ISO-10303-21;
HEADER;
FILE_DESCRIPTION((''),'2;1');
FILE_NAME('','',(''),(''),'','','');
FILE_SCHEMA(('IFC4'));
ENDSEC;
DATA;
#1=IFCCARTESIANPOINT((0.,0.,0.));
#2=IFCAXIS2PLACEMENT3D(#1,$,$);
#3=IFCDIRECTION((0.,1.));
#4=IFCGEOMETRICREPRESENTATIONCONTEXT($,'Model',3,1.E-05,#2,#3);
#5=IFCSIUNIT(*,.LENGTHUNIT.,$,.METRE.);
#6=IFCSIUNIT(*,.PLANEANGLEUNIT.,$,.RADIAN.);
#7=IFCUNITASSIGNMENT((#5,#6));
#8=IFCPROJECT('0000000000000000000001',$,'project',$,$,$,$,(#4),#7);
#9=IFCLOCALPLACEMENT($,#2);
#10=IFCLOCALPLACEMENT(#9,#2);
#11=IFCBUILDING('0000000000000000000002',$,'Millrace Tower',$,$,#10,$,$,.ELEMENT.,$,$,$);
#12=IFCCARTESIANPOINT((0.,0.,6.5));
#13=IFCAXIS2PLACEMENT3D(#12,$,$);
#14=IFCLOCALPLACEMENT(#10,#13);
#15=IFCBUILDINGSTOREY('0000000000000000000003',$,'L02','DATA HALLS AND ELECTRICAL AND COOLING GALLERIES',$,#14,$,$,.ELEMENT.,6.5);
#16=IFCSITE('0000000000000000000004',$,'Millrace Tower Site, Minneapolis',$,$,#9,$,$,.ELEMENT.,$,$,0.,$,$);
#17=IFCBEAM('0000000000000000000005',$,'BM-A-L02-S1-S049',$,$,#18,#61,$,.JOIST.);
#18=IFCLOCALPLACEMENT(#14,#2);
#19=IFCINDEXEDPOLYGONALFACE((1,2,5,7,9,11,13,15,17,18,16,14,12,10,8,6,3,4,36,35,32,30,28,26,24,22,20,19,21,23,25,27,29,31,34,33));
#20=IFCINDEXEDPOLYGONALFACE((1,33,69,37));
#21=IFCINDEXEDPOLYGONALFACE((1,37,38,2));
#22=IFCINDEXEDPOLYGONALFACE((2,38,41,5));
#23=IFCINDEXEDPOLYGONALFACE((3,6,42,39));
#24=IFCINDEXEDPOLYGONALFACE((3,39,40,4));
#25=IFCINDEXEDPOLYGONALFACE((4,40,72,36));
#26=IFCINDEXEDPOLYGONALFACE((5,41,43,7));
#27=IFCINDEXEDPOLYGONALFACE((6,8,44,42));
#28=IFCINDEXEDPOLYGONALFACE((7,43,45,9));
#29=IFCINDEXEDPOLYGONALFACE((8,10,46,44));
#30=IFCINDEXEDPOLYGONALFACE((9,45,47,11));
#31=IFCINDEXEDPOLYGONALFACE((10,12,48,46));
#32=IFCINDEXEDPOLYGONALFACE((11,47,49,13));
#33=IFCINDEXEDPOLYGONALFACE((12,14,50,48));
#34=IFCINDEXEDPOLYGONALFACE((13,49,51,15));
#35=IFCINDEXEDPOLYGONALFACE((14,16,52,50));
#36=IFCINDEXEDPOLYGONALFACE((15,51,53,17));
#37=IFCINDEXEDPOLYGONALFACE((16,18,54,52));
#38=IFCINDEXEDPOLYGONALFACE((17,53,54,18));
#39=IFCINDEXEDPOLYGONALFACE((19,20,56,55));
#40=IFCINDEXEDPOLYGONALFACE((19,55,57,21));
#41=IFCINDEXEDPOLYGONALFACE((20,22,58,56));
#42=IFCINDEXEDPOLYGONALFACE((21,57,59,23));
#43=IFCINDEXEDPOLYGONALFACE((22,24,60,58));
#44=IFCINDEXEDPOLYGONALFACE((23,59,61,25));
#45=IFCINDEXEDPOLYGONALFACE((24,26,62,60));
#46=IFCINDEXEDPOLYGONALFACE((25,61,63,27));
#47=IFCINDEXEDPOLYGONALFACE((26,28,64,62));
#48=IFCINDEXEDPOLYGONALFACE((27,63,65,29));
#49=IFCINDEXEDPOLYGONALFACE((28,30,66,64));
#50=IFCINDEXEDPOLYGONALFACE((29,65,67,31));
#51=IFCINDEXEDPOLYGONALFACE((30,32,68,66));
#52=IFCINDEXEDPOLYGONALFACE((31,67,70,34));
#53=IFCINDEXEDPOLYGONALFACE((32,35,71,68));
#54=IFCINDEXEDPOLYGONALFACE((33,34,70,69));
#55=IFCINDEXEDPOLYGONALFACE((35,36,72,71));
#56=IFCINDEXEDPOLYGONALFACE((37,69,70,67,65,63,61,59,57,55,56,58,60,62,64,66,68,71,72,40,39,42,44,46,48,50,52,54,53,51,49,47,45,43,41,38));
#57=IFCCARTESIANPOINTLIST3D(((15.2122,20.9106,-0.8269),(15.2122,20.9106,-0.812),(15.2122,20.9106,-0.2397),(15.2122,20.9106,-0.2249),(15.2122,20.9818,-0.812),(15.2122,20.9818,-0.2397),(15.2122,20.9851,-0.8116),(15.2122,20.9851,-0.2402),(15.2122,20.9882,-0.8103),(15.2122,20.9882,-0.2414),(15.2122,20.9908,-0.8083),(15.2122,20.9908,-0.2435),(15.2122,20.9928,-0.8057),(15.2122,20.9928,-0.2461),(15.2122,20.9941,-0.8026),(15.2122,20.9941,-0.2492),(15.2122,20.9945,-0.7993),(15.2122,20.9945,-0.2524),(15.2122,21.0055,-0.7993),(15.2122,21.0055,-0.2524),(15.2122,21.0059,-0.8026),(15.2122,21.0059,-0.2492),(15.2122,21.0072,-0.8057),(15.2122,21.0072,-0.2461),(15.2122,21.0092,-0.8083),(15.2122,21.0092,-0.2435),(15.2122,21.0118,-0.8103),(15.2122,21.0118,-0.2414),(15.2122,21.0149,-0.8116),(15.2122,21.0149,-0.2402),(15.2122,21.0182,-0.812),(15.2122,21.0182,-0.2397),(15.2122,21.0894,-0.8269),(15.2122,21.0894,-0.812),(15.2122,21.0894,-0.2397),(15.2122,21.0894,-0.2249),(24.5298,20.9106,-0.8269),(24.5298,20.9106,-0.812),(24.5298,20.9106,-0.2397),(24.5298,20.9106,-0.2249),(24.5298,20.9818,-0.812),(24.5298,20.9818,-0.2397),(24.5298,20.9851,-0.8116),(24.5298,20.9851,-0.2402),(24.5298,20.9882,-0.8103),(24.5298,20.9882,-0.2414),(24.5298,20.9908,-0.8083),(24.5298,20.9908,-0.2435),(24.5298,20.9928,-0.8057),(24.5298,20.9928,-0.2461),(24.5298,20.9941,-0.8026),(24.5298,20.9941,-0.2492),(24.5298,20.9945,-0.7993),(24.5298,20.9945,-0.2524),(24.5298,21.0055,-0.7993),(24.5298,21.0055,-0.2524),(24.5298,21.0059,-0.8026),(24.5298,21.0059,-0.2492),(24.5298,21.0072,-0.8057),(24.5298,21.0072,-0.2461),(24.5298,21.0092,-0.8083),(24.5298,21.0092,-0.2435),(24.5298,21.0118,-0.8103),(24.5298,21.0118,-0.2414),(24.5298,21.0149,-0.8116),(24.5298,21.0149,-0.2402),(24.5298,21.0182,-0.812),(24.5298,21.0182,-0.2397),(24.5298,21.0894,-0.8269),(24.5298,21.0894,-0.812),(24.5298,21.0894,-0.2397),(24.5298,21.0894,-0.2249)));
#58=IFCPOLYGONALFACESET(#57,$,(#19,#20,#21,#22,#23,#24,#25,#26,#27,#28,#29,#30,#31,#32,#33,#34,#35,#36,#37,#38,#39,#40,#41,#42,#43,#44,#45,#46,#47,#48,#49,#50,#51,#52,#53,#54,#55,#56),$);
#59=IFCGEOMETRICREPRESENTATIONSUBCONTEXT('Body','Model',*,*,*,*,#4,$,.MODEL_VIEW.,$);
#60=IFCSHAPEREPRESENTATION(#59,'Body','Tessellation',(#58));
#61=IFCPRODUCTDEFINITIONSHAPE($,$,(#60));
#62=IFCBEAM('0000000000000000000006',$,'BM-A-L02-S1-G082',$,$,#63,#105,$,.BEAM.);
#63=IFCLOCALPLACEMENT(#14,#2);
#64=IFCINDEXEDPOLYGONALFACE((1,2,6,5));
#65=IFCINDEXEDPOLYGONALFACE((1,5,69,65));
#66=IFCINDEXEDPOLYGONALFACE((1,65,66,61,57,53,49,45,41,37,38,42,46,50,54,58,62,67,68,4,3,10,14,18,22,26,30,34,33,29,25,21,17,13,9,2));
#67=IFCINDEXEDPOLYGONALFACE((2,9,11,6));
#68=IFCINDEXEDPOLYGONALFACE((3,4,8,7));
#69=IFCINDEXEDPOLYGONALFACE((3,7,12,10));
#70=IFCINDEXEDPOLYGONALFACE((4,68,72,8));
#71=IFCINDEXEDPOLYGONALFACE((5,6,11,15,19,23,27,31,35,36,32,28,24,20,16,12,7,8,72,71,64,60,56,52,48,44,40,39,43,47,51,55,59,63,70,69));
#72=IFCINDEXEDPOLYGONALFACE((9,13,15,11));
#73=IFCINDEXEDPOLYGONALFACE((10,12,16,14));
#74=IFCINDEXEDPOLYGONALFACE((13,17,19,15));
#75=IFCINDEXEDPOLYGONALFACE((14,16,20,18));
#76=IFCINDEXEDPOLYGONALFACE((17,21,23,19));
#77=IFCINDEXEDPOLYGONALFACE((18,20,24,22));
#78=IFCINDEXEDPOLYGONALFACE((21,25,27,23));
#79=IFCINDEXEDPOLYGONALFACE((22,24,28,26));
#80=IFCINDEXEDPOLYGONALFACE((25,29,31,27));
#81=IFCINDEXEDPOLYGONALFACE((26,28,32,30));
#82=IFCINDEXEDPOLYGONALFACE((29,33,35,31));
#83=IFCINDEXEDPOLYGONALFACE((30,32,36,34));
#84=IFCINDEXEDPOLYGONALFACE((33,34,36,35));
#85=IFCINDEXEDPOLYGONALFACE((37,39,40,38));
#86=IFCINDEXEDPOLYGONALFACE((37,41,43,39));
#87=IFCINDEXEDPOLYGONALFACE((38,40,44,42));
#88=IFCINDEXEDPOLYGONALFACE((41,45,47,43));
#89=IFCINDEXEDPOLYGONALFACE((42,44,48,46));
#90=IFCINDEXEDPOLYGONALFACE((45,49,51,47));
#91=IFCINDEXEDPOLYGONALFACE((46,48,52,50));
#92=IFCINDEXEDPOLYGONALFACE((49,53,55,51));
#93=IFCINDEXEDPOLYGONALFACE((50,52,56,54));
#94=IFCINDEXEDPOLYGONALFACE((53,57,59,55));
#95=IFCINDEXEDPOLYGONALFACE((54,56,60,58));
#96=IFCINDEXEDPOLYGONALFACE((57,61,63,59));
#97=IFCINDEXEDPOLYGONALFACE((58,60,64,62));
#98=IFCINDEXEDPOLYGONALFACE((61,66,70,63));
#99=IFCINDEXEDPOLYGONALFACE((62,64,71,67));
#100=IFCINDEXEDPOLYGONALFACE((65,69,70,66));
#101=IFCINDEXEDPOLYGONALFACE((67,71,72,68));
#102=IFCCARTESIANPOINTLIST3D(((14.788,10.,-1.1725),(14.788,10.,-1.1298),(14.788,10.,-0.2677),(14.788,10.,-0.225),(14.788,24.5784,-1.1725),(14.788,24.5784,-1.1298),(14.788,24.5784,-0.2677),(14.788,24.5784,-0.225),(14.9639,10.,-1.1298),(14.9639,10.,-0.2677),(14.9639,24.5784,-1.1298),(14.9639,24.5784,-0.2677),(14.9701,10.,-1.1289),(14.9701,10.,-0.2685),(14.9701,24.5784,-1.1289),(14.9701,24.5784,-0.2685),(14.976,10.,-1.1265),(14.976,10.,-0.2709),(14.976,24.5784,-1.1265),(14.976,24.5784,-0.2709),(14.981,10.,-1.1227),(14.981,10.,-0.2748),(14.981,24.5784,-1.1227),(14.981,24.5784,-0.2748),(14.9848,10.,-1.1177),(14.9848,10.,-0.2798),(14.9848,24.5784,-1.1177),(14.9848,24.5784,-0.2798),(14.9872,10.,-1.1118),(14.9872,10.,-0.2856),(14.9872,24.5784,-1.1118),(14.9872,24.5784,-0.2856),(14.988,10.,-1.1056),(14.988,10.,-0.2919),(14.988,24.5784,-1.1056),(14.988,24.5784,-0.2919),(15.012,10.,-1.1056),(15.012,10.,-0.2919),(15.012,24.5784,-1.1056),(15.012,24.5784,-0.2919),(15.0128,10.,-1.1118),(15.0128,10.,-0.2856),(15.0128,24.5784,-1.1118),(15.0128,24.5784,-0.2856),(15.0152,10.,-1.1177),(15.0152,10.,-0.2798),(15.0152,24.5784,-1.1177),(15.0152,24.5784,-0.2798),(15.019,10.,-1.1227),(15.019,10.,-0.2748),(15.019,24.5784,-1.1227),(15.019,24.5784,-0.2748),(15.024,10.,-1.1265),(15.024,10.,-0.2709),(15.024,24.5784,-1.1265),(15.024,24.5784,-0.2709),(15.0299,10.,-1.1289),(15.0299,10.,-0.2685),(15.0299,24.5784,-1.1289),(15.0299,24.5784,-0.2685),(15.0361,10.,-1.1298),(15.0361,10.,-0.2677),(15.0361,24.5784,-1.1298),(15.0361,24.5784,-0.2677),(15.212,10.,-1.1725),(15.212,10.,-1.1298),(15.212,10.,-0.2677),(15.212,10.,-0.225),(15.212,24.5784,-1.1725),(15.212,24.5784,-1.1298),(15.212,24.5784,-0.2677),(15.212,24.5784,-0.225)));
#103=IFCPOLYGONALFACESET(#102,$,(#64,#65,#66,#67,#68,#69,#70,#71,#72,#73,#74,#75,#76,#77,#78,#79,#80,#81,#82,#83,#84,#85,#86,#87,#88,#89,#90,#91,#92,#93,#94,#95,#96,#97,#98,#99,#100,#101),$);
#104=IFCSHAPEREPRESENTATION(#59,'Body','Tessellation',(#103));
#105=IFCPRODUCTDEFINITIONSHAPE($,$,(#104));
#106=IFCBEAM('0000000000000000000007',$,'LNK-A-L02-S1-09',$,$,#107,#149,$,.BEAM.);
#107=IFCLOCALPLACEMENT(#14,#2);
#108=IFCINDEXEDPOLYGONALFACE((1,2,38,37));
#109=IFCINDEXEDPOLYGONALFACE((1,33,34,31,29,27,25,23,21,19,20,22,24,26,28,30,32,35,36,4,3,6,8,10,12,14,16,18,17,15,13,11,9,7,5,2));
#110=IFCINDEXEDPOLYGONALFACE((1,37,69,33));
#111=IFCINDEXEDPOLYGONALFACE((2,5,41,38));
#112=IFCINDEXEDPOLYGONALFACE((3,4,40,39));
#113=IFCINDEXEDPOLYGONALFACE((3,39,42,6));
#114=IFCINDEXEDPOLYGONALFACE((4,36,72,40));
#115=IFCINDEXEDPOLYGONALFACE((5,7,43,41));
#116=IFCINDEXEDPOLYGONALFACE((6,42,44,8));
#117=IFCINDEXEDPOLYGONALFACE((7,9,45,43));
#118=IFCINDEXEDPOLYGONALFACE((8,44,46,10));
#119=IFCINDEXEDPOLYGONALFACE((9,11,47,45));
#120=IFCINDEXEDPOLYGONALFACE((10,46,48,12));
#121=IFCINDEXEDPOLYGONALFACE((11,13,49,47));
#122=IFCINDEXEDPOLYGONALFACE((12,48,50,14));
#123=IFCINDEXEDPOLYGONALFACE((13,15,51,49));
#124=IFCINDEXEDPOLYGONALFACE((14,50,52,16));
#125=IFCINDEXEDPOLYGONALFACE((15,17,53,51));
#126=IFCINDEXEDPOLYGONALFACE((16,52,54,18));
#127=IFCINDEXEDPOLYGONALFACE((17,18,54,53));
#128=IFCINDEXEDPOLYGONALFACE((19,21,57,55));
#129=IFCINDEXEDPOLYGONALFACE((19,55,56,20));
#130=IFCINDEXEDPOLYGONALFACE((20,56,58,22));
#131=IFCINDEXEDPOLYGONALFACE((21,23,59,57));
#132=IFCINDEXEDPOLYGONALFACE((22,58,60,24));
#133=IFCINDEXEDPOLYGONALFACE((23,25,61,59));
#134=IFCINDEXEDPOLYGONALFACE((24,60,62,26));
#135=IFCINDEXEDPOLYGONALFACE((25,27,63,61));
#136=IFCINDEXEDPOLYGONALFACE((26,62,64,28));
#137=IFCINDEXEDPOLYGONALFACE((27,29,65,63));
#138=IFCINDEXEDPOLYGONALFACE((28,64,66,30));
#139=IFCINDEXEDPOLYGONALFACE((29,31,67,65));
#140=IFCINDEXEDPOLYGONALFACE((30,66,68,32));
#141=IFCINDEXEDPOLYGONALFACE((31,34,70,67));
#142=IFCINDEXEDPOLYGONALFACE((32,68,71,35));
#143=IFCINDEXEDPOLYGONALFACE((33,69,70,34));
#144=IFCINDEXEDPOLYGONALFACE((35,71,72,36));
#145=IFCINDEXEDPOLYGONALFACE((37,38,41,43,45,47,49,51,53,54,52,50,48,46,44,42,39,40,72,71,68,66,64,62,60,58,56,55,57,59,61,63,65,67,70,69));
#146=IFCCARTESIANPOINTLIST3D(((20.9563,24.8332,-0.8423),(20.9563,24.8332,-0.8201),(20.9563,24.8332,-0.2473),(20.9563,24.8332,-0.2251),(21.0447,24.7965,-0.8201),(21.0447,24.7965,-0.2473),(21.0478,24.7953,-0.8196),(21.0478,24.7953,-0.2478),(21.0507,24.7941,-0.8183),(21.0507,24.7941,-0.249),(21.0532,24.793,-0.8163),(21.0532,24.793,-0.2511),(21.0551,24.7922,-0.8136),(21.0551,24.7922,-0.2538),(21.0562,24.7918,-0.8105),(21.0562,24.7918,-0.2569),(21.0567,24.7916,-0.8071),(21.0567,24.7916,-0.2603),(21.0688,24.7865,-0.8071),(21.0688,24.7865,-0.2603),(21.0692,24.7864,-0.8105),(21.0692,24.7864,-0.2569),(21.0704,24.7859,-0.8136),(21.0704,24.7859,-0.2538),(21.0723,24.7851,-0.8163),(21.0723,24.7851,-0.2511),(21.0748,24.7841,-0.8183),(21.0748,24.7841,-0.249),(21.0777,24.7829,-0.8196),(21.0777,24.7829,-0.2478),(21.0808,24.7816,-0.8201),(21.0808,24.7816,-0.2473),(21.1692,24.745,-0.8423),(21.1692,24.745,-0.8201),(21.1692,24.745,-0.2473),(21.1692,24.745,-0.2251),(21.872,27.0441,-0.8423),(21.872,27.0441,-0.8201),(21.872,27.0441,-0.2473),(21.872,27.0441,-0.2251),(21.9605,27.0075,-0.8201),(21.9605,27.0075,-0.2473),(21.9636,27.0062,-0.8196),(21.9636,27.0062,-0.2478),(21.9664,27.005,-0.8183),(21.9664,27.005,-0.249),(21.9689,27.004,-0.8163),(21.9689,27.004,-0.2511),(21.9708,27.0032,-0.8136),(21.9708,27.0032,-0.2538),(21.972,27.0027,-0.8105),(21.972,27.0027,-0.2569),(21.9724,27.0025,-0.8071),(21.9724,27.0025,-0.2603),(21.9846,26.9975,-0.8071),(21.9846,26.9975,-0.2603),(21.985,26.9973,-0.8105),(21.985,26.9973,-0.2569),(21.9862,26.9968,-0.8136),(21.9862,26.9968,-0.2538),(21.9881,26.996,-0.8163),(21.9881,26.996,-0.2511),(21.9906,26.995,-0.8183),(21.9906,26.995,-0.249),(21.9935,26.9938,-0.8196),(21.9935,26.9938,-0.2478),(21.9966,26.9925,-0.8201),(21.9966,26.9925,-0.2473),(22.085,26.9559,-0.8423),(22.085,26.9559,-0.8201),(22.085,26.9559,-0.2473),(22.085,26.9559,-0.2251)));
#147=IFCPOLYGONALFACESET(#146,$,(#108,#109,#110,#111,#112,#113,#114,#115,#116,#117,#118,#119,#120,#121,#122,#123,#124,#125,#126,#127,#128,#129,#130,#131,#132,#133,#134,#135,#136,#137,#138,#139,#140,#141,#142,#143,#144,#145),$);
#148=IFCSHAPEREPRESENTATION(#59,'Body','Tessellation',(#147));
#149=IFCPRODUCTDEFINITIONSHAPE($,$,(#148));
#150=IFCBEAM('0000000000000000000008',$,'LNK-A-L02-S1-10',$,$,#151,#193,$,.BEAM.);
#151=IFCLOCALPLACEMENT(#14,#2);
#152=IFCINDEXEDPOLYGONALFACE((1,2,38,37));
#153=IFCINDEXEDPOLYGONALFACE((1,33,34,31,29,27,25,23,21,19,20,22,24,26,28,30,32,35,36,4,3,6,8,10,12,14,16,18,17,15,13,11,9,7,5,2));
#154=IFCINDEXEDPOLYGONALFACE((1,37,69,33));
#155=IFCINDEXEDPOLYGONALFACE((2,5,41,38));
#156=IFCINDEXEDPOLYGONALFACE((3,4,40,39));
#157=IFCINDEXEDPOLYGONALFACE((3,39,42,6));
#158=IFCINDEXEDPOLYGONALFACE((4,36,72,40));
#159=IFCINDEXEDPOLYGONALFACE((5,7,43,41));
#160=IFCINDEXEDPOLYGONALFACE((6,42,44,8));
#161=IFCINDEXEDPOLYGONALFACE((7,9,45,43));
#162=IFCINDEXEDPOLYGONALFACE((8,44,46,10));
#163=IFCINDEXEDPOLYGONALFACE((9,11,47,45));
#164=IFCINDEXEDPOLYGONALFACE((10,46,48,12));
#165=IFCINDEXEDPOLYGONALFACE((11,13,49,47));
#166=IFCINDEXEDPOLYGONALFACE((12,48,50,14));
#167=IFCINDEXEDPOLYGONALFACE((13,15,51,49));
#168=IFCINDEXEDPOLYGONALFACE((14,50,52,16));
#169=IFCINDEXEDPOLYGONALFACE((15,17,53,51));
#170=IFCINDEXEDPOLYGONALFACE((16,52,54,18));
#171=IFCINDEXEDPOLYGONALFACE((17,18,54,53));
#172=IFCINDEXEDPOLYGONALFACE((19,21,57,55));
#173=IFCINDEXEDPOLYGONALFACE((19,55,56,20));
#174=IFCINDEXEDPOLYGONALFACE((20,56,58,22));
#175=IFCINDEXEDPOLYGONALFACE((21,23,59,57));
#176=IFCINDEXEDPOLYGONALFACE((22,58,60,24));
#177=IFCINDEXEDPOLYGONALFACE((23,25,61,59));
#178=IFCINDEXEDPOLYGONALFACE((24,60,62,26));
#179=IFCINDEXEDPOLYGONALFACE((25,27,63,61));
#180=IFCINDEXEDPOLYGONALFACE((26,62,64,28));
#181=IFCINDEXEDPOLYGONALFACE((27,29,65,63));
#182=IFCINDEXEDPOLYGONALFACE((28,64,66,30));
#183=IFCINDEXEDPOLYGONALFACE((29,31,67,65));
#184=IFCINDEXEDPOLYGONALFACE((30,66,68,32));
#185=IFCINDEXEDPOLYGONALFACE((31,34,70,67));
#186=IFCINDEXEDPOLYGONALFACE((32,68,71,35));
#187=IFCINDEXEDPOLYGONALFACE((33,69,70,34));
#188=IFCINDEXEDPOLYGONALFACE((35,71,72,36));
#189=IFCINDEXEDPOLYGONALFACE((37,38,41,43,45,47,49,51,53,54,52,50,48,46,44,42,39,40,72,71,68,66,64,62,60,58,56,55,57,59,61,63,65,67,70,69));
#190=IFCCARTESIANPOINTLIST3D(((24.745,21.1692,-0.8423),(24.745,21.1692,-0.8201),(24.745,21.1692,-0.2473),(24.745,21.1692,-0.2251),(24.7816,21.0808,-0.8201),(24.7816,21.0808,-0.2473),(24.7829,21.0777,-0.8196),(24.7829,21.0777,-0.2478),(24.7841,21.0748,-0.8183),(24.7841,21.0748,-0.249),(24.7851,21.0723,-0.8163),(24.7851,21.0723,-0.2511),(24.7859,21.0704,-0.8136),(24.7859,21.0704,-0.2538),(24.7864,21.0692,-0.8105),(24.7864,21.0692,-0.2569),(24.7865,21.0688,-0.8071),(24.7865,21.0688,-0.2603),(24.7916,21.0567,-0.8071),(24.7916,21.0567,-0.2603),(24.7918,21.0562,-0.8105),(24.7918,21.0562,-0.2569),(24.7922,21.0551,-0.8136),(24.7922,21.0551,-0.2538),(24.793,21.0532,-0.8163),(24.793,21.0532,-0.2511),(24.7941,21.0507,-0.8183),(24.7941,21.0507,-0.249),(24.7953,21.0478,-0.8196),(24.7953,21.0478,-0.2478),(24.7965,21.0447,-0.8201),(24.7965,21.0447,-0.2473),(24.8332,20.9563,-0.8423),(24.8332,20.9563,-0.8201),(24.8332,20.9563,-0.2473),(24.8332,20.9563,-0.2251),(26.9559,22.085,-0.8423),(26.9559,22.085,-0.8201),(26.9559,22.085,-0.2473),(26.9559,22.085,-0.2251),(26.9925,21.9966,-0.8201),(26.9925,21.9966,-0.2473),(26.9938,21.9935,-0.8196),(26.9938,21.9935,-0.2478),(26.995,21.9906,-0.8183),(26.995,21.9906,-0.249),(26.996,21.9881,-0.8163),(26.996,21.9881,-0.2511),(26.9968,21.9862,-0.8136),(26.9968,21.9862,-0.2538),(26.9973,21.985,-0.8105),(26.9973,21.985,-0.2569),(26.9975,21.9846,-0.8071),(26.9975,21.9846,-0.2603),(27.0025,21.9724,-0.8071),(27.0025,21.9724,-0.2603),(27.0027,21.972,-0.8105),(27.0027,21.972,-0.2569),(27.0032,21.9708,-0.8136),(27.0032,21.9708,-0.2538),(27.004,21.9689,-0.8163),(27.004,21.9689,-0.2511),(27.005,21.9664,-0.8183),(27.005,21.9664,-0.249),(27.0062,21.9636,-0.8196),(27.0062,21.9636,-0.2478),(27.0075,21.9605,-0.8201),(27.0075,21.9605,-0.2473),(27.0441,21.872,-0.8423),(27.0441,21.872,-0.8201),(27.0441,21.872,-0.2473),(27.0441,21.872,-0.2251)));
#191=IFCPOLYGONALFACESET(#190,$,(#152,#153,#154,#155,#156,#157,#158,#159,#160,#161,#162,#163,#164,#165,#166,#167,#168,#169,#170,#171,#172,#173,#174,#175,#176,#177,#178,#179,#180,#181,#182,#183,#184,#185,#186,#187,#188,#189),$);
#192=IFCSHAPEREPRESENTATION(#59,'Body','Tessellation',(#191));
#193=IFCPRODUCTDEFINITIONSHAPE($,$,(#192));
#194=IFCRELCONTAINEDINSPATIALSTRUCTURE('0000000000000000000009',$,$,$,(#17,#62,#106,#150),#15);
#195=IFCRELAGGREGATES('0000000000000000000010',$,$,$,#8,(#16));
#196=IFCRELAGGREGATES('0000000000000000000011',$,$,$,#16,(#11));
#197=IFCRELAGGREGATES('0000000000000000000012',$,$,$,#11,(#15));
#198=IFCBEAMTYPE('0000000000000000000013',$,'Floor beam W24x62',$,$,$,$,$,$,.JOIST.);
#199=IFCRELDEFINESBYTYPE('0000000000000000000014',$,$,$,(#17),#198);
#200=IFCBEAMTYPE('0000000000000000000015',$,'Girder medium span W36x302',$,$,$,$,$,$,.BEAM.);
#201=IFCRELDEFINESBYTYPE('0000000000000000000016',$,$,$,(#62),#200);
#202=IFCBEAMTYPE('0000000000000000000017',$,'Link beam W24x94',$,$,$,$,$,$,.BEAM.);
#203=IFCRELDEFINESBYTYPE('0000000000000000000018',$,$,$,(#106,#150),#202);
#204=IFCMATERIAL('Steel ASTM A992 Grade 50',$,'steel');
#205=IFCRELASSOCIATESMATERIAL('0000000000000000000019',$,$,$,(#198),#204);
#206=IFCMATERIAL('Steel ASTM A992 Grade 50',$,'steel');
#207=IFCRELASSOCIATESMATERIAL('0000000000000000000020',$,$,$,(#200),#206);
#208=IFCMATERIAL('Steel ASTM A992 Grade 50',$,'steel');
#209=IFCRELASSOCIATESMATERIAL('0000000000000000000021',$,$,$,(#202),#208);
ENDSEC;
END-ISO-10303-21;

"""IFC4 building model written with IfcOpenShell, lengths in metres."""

from ifc_helpers import new_model, si_unit, direction, frame, origin, origin_2d, place, context, subcontext, project, spatial, i_section, extrude, material, material_profile, profile_set, type_object, element, save


model = new_model("IFC4")

# Units and contexts
model_context = context("Model", 3, precision=1e-05, world=origin(), true_north=direction((0.0, 1.0)))
body_context = subcontext(model_context, "Body", "Model", "MODEL_VIEW")
ifc_project = project(units=[si_unit("LENGTHUNIT", "METRE"), si_unit("PLANEANGLEUNIT", "RADIAN")], contexts=[model_context])

# Site, building, storey
site_placement = place(None, origin())
site = spatial("IfcSite", under=ifc_project, at=site_placement, Name="Millrace Tower Site, Minneapolis", CompositionType="ELEMENT", RefElevation=0.0)
building_placement = place(site_placement, origin())
building = spatial("IfcBuilding", under=site, at=building_placement, Name="Millrace Tower", CompositionType="ELEMENT")
storey_placement = place(building_placement, frame((0.0, 0.0, 6.5)))
storey = spatial("IfcBuildingStorey", under=building, at=storey_placement, Name="L02", Description="DATA HALLS AND ELECTRICAL AND COOLING GALLERIES", CompositionType="ELEMENT", Elevation=6.5)

# Beams
ifc_material_1 = material(Name="Steel ASTM A992 Grade 50", Category="steel")
ifc_material_profile_1 = material_profile(ifc_material_1, i_section(OverallWidth=0.1787, OverallDepth=0.6021, WebThickness=0.011, FlangeThickness=0.0149, FilletRadius=0.0127, at=origin_2d()))
ifc_profile_set_1 = profile_set([ifc_material_profile_1], Name="Steel ASTM A992 Grade 50")
beam_type_1 = type_object("IfcBeamType", Name="Floor beam W24x62", PredefinedType="JOIST", material=ifc_profile_set_1)
beam_1_placement = place(storey_placement, frame((15.2122, 21.0, -0.5259), z_axis=(1.0, 0.0, 0.0), x_axis=(0.0, 1.0, 0.0)))
element("IfcBeam", 1, at=beam_1_placement, inside=storey, type_object=beam_type_1, Name="BM-A-L02-S1-S049", PredefinedType="JOIST", context=body_context, shape_type="SweptSolid", body=[
    extrude(i_section(OverallWidth=0.1787, OverallDepth=0.6021, WebThickness=0.011, FlangeThickness=0.0149, FilletRadius=0.0127, at=origin_2d()), origin(), (0.0, 0.0, 1.0), 9.3176),
])
ifc_material_2 = material(Name="Steel ASTM A992 Grade 50", Category="steel")
ifc_material_profile_2 = material_profile(ifc_material_2, i_section(OverallWidth=0.4241, OverallDepth=0.9475, WebThickness=0.0239, FlangeThickness=0.0427, FilletRadius=0.0242, at=origin_2d()))
ifc_profile_set_2 = profile_set([ifc_material_profile_2], Name="Steel ASTM A992 Grade 50")
beam_type_2 = type_object("IfcBeamType", Name="Girder medium span W36x302", PredefinedType="BEAM", material=ifc_profile_set_2)
beam_2_placement = place(storey_placement, frame((15.0, 10.0, -0.6987), z_axis=(0.0, 1.0, 0.0), x_axis=(-1.0, 0.0, 0.0)))
element("IfcBeam", 2, at=beam_2_placement, inside=storey, type_object=beam_type_2, Name="BM-A-L02-S1-G082", PredefinedType="BEAM", context=body_context, shape_type="SweptSolid", body=[
    extrude(i_section(OverallWidth=0.4241, OverallDepth=0.9475, WebThickness=0.0239, FlangeThickness=0.0427, FilletRadius=0.0242, at=origin_2d()), origin(), (0.0, 0.0, 1.0), 14.5784),
])
ifc_material_3 = material(Name="Steel ASTM A992 Grade 50", Category="steel")
ifc_material_profile_3 = material_profile(ifc_material_3, i_section(OverallWidth=0.2305, OverallDepth=0.6172, WebThickness=0.0132, FlangeThickness=0.0222, FilletRadius=0.0129, at=origin_2d()))
ifc_profile_set_3 = profile_set([ifc_material_profile_3], Name="Steel ASTM A992 Grade 50")
beam_type_3 = type_object("IfcBeamType", Name="Link beam W24x94", PredefinedType="BEAM", material=ifc_profile_set_3)
for number, where, z_axis, x_axis, name in (
    (3, (21.0627, 24.7891, -0.5337), (0.382673, 0.923884, 0.0), (-0.923884, 0.382673, 0.0), "LNK-A-L02-S1-09"),
    (4, (24.7891, 21.0627, -0.5337), (0.923884, 0.382673, 0.0), (-0.382673, 0.923884, 0.0), "LNK-A-L02-S1-10"),
):
    element("IfcBeam", number, at=place(storey_placement, frame(where, z_axis=z_axis, x_axis=x_axis)), inside=storey, type_object=beam_type_3, Name=name, PredefinedType="BEAM", context=body_context, shape_type="SweptSolid", body=[
        extrude(i_section(OverallWidth=0.2305, OverallDepth=0.6172, WebThickness=0.0132, FlangeThickness=0.0222, FilletRadius=0.0129, at=origin_2d()), origin(), (0.0, 0.0, 1.0), 2.3931),
    ])

save(model, "model.ifc")
